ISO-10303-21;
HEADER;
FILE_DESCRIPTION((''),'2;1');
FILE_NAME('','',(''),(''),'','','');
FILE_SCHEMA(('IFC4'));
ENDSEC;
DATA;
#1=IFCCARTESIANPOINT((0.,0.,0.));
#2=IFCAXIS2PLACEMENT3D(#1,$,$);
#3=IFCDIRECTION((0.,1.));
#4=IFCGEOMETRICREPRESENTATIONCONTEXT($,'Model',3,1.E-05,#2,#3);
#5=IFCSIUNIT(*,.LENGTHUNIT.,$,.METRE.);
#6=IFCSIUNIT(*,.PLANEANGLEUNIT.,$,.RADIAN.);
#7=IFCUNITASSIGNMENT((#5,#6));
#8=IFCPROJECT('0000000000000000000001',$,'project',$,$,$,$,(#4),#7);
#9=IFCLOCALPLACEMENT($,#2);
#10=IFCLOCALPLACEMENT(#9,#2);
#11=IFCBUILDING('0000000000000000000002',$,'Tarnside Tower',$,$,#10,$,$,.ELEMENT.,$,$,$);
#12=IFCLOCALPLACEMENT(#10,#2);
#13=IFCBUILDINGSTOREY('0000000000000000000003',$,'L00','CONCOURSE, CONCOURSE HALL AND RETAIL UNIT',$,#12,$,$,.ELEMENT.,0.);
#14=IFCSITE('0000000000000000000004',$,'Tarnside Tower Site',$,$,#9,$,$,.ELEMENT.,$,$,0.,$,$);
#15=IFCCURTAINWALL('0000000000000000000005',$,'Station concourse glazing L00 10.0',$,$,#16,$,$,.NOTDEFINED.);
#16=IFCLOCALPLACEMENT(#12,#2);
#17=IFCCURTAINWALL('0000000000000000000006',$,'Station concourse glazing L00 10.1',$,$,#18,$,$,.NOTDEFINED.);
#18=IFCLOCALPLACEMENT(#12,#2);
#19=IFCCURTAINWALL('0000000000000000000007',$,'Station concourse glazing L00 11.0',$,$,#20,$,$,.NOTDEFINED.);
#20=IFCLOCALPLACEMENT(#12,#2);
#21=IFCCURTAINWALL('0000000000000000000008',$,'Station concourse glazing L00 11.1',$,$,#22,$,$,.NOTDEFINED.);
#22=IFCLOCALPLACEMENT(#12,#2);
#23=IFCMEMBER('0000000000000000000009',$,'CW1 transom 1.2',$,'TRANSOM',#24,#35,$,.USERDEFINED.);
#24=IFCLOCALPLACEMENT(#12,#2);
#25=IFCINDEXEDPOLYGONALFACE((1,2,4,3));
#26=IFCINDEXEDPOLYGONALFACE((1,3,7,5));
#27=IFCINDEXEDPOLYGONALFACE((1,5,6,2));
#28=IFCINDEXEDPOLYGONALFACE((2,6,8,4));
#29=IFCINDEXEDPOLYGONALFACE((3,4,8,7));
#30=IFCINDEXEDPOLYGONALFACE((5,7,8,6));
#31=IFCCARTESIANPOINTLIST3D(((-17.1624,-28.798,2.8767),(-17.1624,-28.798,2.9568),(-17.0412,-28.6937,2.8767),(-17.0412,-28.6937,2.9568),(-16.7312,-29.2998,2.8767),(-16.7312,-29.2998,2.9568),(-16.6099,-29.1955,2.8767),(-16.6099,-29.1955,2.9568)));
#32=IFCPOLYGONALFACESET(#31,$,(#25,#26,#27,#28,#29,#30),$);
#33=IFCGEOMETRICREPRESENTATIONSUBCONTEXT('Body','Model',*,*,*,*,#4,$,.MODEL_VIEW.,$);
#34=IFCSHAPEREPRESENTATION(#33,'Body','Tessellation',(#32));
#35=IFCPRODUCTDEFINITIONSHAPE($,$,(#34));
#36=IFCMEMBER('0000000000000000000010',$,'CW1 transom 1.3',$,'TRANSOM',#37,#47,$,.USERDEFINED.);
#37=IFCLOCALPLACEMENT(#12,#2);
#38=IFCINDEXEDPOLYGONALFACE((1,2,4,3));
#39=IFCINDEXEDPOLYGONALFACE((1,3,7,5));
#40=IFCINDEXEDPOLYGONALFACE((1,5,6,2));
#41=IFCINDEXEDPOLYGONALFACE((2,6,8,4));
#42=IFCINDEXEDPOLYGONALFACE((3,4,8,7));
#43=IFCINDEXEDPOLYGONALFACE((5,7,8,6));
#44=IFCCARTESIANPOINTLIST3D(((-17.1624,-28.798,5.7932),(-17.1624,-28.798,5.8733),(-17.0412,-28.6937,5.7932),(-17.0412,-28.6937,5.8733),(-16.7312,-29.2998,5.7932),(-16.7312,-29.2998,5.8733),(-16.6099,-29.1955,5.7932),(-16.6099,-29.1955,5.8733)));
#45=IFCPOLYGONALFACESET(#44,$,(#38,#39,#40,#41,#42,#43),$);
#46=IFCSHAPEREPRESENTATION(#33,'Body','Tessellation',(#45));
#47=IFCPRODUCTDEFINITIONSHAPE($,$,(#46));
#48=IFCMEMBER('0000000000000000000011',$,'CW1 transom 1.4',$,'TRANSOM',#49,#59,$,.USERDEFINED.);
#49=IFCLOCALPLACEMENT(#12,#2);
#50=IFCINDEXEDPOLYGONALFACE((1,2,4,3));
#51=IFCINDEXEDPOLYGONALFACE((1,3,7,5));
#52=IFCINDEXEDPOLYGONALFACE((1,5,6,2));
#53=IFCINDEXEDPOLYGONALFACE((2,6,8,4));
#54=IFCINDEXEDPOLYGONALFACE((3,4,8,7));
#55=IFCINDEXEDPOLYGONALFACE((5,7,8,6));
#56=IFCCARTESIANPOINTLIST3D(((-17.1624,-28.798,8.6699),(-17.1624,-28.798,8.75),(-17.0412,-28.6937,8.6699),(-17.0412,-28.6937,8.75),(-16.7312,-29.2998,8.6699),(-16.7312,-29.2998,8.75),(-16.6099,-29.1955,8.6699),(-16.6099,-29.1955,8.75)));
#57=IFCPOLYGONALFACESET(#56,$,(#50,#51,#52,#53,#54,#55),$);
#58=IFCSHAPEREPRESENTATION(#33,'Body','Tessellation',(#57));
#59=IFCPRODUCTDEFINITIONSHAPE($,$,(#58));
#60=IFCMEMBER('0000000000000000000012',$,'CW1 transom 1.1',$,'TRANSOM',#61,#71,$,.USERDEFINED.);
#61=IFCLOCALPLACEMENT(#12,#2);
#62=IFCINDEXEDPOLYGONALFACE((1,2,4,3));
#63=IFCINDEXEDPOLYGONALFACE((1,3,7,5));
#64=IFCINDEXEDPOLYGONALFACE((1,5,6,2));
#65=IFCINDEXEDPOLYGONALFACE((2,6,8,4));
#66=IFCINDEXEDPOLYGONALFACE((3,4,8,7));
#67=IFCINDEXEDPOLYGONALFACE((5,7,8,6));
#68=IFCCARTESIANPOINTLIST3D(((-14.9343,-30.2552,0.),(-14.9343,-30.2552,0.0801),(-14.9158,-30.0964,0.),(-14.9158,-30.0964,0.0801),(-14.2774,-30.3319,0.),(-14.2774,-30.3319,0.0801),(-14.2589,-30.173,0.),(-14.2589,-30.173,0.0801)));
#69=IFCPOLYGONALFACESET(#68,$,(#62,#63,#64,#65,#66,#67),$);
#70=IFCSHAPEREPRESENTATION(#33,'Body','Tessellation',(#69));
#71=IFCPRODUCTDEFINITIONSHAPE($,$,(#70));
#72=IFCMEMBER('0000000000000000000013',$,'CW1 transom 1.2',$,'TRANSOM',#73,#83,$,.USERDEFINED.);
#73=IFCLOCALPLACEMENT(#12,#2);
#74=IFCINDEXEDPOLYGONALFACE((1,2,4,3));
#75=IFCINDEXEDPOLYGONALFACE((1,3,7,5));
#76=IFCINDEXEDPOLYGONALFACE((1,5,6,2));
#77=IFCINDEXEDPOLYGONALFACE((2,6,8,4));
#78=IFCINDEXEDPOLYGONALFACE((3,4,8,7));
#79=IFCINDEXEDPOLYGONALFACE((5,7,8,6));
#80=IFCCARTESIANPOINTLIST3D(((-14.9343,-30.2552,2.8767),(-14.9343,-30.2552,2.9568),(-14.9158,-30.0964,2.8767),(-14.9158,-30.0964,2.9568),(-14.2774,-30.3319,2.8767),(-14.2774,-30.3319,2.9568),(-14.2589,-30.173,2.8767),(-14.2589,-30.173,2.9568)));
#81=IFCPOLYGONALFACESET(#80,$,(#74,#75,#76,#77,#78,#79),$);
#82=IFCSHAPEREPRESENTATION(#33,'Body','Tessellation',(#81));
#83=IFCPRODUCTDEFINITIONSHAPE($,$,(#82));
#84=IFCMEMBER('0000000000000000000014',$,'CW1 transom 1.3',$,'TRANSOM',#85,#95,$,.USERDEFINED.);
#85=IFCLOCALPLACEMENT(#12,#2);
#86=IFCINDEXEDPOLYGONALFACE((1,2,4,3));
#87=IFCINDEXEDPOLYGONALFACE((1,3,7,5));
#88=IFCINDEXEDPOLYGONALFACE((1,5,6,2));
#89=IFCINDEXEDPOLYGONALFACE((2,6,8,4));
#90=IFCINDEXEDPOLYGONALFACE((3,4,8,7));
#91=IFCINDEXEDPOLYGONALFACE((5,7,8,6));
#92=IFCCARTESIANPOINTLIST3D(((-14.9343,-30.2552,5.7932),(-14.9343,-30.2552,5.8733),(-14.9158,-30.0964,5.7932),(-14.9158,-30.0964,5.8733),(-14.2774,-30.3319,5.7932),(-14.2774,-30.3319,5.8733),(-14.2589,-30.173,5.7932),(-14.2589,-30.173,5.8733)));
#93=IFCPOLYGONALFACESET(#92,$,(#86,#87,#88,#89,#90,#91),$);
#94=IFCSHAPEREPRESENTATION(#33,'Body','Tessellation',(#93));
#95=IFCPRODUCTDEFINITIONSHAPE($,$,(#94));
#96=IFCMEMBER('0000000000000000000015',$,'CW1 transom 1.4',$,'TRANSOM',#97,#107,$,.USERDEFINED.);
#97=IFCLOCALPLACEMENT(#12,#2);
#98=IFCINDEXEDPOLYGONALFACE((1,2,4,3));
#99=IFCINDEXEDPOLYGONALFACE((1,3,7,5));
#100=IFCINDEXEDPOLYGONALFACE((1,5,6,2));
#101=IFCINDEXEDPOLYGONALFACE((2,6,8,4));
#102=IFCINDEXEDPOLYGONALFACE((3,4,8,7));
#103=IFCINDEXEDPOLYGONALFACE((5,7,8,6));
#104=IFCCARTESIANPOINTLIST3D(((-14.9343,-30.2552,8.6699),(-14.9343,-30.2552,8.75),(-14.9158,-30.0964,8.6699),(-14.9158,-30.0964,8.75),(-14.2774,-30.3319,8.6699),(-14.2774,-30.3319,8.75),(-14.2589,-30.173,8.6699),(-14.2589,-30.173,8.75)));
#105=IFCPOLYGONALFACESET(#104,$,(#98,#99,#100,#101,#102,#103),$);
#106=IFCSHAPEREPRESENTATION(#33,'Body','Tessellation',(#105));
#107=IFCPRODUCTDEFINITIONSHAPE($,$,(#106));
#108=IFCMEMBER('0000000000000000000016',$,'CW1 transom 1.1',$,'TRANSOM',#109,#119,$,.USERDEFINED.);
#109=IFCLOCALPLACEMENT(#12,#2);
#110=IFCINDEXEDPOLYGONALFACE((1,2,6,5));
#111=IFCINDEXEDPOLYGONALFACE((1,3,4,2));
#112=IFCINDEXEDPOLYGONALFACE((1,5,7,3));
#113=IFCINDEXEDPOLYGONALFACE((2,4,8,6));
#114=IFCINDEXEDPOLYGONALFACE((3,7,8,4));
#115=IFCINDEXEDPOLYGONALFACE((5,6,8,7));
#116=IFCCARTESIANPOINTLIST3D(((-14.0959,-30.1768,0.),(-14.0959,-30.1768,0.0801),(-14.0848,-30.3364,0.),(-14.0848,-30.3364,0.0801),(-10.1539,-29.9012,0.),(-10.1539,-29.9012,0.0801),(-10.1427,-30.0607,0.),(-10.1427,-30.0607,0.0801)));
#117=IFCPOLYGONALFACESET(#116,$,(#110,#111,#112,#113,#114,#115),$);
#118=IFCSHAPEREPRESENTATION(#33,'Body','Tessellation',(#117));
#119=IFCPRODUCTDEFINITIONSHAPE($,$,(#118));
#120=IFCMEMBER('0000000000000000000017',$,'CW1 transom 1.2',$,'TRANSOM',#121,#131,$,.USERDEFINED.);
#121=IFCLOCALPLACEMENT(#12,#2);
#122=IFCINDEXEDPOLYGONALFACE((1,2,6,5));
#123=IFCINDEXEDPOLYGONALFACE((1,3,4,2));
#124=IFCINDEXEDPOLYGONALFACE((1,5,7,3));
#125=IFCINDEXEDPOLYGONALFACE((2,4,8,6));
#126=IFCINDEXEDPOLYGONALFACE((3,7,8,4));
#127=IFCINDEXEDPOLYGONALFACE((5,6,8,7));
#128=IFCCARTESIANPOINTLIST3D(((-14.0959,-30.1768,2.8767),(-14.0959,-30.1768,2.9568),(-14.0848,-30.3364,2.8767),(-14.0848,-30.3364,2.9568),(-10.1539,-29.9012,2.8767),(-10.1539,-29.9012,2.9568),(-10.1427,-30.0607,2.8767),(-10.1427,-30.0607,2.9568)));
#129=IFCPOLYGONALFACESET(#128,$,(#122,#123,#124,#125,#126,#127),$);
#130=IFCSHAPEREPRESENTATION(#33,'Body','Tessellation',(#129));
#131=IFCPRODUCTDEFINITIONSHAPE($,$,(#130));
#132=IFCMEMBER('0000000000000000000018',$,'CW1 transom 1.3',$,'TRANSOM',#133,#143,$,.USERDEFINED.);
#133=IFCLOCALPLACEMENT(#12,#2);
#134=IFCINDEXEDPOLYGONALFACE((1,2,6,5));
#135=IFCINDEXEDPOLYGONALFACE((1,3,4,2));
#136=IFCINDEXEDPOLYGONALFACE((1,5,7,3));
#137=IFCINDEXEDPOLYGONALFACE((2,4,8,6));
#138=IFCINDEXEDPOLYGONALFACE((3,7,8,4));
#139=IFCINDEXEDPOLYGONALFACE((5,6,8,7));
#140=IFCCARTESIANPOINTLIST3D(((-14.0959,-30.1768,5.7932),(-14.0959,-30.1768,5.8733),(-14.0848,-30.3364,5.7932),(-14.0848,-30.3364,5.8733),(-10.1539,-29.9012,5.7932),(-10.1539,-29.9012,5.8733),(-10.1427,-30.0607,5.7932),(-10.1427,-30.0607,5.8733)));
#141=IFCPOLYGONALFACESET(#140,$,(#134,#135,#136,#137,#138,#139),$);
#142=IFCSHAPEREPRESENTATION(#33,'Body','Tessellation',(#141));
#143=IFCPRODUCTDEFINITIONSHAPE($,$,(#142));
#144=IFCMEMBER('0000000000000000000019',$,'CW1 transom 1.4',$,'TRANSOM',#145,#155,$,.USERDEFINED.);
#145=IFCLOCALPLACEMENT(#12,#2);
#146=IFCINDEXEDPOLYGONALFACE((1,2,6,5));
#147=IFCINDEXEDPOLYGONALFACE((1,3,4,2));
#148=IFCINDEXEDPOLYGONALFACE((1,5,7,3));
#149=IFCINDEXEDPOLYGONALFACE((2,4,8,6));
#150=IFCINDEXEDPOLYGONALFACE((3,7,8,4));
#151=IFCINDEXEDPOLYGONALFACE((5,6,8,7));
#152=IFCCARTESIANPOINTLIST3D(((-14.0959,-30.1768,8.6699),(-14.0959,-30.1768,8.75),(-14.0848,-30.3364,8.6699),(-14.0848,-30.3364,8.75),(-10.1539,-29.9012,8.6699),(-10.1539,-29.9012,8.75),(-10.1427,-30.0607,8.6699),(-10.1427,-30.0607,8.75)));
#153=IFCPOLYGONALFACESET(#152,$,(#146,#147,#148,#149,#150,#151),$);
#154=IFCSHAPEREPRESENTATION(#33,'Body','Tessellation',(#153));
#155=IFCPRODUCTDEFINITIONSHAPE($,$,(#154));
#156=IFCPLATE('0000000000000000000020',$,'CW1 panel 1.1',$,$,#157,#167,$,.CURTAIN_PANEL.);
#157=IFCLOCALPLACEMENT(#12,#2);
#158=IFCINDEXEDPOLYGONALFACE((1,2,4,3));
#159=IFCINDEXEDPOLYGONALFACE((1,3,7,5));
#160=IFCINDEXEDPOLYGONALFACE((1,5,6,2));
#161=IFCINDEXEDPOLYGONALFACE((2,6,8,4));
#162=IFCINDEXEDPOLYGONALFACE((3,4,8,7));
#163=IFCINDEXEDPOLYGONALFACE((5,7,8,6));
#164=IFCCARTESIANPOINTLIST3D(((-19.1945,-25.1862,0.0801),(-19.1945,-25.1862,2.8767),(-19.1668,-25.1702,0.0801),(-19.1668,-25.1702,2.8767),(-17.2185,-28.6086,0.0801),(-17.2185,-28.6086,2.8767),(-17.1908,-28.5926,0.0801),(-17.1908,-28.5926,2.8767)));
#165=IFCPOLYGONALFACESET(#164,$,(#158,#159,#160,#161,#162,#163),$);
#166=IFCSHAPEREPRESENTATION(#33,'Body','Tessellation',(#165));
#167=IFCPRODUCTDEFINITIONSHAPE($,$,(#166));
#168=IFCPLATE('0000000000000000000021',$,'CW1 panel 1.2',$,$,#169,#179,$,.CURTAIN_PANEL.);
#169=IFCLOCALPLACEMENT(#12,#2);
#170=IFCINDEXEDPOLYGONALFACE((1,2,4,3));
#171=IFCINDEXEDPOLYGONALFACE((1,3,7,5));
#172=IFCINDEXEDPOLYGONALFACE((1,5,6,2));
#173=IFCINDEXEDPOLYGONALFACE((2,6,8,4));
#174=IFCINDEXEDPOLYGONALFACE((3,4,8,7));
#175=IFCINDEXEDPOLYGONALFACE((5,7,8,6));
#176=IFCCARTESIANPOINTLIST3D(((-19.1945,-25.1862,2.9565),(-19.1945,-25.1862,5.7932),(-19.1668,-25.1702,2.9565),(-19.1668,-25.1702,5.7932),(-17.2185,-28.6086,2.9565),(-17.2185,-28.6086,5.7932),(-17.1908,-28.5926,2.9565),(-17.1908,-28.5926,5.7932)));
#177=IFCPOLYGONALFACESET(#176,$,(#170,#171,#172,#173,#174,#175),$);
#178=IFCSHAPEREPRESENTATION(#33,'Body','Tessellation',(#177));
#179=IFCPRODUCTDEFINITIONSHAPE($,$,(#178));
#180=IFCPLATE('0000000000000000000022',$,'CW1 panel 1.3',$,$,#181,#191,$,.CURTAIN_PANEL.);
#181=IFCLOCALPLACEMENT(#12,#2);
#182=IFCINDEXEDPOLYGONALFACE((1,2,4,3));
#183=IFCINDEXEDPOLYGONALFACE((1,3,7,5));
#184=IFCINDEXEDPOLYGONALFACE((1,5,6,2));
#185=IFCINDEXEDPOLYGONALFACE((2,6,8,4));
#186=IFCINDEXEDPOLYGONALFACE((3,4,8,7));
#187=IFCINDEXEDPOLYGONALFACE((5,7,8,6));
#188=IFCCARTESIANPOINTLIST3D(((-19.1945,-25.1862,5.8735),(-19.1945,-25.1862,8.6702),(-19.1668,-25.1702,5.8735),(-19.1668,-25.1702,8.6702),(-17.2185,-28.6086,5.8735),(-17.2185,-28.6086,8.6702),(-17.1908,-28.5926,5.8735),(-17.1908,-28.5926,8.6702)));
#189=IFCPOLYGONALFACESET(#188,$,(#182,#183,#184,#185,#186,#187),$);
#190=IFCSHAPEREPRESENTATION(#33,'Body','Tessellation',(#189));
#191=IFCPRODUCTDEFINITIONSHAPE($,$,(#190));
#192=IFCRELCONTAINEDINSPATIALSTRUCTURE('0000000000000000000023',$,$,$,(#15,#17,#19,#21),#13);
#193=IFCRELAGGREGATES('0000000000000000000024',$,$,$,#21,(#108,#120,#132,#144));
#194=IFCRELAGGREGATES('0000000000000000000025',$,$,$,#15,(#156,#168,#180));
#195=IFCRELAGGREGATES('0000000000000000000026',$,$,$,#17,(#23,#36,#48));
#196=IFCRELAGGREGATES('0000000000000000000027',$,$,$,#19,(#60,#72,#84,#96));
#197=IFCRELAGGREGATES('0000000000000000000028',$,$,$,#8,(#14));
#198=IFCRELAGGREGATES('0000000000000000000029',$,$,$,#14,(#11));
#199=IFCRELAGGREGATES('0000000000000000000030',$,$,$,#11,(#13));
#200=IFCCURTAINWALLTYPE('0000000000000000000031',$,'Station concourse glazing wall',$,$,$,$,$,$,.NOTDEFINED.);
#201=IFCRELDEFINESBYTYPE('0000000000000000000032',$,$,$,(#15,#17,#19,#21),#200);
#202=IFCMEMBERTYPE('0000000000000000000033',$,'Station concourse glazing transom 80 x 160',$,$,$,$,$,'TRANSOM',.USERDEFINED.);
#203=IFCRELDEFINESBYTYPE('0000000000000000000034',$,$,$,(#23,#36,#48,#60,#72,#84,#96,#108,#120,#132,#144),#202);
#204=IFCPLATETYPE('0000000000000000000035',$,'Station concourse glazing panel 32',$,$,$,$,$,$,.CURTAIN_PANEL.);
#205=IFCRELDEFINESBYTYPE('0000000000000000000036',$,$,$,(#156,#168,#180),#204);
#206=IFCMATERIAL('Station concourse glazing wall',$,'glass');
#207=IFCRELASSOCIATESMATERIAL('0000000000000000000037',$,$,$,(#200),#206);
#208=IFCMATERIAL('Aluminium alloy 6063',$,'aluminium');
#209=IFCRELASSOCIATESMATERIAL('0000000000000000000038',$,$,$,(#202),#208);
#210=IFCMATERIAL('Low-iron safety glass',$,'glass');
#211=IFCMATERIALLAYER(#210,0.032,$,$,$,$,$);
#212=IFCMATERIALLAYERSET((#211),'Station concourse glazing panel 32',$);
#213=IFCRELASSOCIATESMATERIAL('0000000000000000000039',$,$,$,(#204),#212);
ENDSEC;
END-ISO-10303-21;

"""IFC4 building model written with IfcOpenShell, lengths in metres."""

from ifc_helpers import new_model, si_unit, direction, frame, origin, origin_2d, place, context, subcontext, project, spatial, rectangle, extrude, material, layer, layer_set, material_profile, profile_set, type_object, element, aggregate, save


model = new_model("IFC4")

# Units and contexts
model_context = context("Model", 3, precision=1e-05, world=origin(), true_north=direction((0.0, 1.0)))
body_context = subcontext(model_context, "Body", "Model", "MODEL_VIEW")
ifc_project = project(units=[si_unit("LENGTHUNIT", "METRE"), si_unit("PLANEANGLEUNIT", "RADIAN")], contexts=[model_context])

# Site, building, storey
site_placement = place(None, origin())
site = spatial("IfcSite", under=ifc_project, at=site_placement, Name="Tarnside Tower Site", CompositionType="ELEMENT", RefElevation=0.0)
building_placement = place(site_placement, origin())
building = spatial("IfcBuilding", under=site, at=building_placement, Name="Tarnside Tower", CompositionType="ELEMENT")
storey_placement = place(building_placement, origin())
storey = spatial("IfcBuildingStorey", under=building, at=storey_placement, Name="L00", Description="CONCOURSE, CONCOURSE HALL AND RETAIL UNIT", CompositionType="ELEMENT", Elevation=0.0)

# Curtain wall
ifc_material_1 = material(Name="Station concourse glazing wall", Category="glass")
curtain_wall_type = type_object("IfcCurtainWallType", Name="Station concourse glazing wall", PredefinedType="NOTDEFINED", material=ifc_material_1)
curtain_wall_1_placement = place(storey_placement, origin())
curtain_wall_1 = element("IfcCurtainWall", 1, at=curtain_wall_1_placement, inside=storey, type_object=curtain_wall_type, Name="Station concourse glazing L00 10.0", PredefinedType="NOTDEFINED")
ifc_material_2 = material(Name="Aluminium alloy 6063", Category="aluminium")

# Curtain walls
curtain_wall_2_placement = place(storey_placement, origin())
curtain_wall_2 = element("IfcCurtainWall", 2, at=curtain_wall_2_placement, inside=storey, type_object=curtain_wall_type, Name="Station concourse glazing L00 10.1", PredefinedType="NOTDEFINED")
curtain_wall_3_placement = place(storey_placement, origin())
curtain_wall_3 = element("IfcCurtainWall", 3, at=curtain_wall_3_placement, inside=storey, type_object=curtain_wall_type, Name="Station concourse glazing L00 11.0", PredefinedType="NOTDEFINED")

# Curtain wall
curtain_wall_4_placement = place(storey_placement, origin())
curtain_wall_4 = element("IfcCurtainWall", 4, at=curtain_wall_4_placement, inside=storey, type_object=curtain_wall_type, Name="Station concourse glazing L00 11.1", PredefinedType="NOTDEFINED")

# Members
ifc_material_profile_1 = material_profile(ifc_material_2, rectangle(XDim=0.1599, YDim=0.0801, at=origin_2d()), Name="Station concourse glazing transom 80 x 160")
ifc_profile_set_1 = profile_set([ifc_material_profile_1], Name="Aluminium alloy 6063")
member_type_1 = type_object("IfcMemberType", Name="Station concourse glazing transom 80 x 160", ElementType="TRANSOM", PredefinedType="USERDEFINED", material=ifc_profile_set_1)
member_1_placement = place(storey_placement, frame((-17.1018, -28.7458, 2.9167), z_axis=(0.651763, -0.758422, 0.0), x_axis=(0.758422, 0.651763, 0.0)))
member_1 = element("IfcMember", 5, at=member_1_placement, type_object=member_type_1, Name="CW1 transom 1.2", ObjectType="TRANSOM", PredefinedType="USERDEFINED", context=body_context, shape_type="SweptSolid", body=[
    extrude(rectangle(XDim=0.1599, YDim=0.0801, at=origin_2d()), origin(), (0.0, 0.0, 1.0), 0.6616),
])
member_2_placement = place(storey_placement, frame((-17.1018, -28.7458, 5.8333), z_axis=(0.651763, -0.758422, 0.0), x_axis=(0.758422, 0.651763, 0.0)))
member_2 = element("IfcMember", 6, at=member_2_placement, type_object=member_type_1, Name="CW1 transom 1.3", ObjectType="TRANSOM", PredefinedType="USERDEFINED", context=body_context, shape_type="SweptSolid", body=[
    extrude(rectangle(XDim=0.1599, YDim=0.0801, at=origin_2d()), origin(), (0.0, 0.0, 1.0), 0.6616),
])
member_3_placement = place(storey_placement, frame((-17.1018, -28.7458, 8.71), z_axis=(0.651763, -0.758422, 0.0), x_axis=(0.758422, 0.651763, 0.0)))
member_3 = element("IfcMember", 7, at=member_3_placement, type_object=member_type_1, Name="CW1 transom 1.4", ObjectType="TRANSOM", PredefinedType="USERDEFINED", context=body_context, shape_type="SweptSolid", body=[
    extrude(rectangle(XDim=0.1599, YDim=0.0801, at=origin_2d()), origin(), (0.0, 0.0, 1.0), 0.6616),
])
member_4_placement = place(storey_placement, frame((-14.925, -30.1758, 0.04), z_axis=(0.993261, -0.115899, 0.0), x_axis=(0.115899, 0.993261, 0.0)))
member_4 = element("IfcMember", 8, at=member_4_placement, type_object=member_type_1, Name="CW1 transom 1.1", ObjectType="TRANSOM", PredefinedType="USERDEFINED", context=body_context, shape_type="SweptSolid", body=[
    extrude(rectangle(XDim=0.1599, YDim=0.0801, at=origin_2d()), origin(), (0.0, 0.0, 1.0), 0.6614),
])
member_5_placement = place(storey_placement, frame((-14.925, -30.1758, 2.9167), z_axis=(0.993261, -0.115899, 0.0), x_axis=(0.115899, 0.993261, 0.0)))
member_5 = element("IfcMember", 9, at=member_5_placement, type_object=member_type_1, Name="CW1 transom 1.2", ObjectType="TRANSOM", PredefinedType="USERDEFINED", context=body_context, shape_type="SweptSolid", body=[
    extrude(rectangle(XDim=0.1599, YDim=0.0801, at=origin_2d()), origin(), (0.0, 0.0, 1.0), 0.6614),
])
member_6_placement = place(storey_placement, frame((-14.925, -30.1758, 5.8333), z_axis=(0.993261, -0.115899, 0.0), x_axis=(0.115899, 0.993261, 0.0)))
member_6 = element("IfcMember", 10, at=member_6_placement, type_object=member_type_1, Name="CW1 transom 1.3", ObjectType="TRANSOM", PredefinedType="USERDEFINED", context=body_context, shape_type="SweptSolid", body=[
    extrude(rectangle(XDim=0.1599, YDim=0.0801, at=origin_2d()), origin(), (0.0, 0.0, 1.0), 0.6614),
])
member_7_placement = place(storey_placement, frame((-14.925, -30.1758, 8.71), z_axis=(0.993261, -0.115899, 0.0), x_axis=(0.115899, 0.993261, 0.0)))
member_7 = element("IfcMember", 11, at=member_7_placement, type_object=member_type_1, Name="CW1 transom 1.4", ObjectType="TRANSOM", PredefinedType="USERDEFINED", context=body_context, shape_type="SweptSolid", body=[
    extrude(rectangle(XDim=0.1599, YDim=0.0801, at=origin_2d()), origin(), (0.0, 0.0, 1.0), 0.6614),
])
member_8_placement = place(storey_placement, frame((-14.0903, -30.2566, 0.04), z_axis=(0.997565, 0.06975, 0.0), x_axis=(-0.06975, 0.997565, 0.0)))
member_8 = element("IfcMember", 12, at=member_8_placement, type_object=member_type_1, Name="CW1 transom 1.1", ObjectType="TRANSOM", PredefinedType="USERDEFINED", context=body_context, shape_type="SweptSolid", body=[
    extrude(rectangle(XDim=0.1599, YDim=0.0801, at=origin_2d()), origin(), (0.0, 0.0, 1.0), 3.9517),
])
member_9_placement = place(storey_placement, frame((-14.0903, -30.2566, 2.9167), z_axis=(0.997565, 0.06975, 0.0), x_axis=(-0.06975, 0.997565, 0.0)))
member_9 = element("IfcMember", 13, at=member_9_placement, type_object=member_type_1, Name="CW1 transom 1.2", ObjectType="TRANSOM", PredefinedType="USERDEFINED", context=body_context, shape_type="SweptSolid", body=[
    extrude(rectangle(XDim=0.1599, YDim=0.0801, at=origin_2d()), origin(), (0.0, 0.0, 1.0), 3.9517),
])
member_10_placement = place(storey_placement, frame((-14.0903, -30.2566, 5.8333), z_axis=(0.997565, 0.06975, 0.0), x_axis=(-0.06975, 0.997565, 0.0)))
member_10 = element("IfcMember", 14, at=member_10_placement, type_object=member_type_1, Name="CW1 transom 1.3", ObjectType="TRANSOM", PredefinedType="USERDEFINED", context=body_context, shape_type="SweptSolid", body=[
    extrude(rectangle(XDim=0.1599, YDim=0.0801, at=origin_2d()), origin(), (0.0, 0.0, 1.0), 3.9517),
])
member_11_placement = place(storey_placement, frame((-14.0903, -30.2566, 8.71), z_axis=(0.997565, 0.06975, 0.0), x_axis=(-0.06975, 0.997565, 0.0)))
member_11 = element("IfcMember", 15, at=member_11_placement, type_object=member_type_1, Name="CW1 transom 1.4", ObjectType="TRANSOM", PredefinedType="USERDEFINED", context=body_context, shape_type="SweptSolid", body=[
    extrude(rectangle(XDim=0.1599, YDim=0.0801, at=origin_2d()), origin(), (0.0, 0.0, 1.0), 3.9517),
])
aggregate(curtain_wall_4, [member_8, member_9, member_10, member_11])

# Plates
ifc_material_3 = material(Name="Low-iron safety glass", Category="glass")
ifc_layer_1 = layer(ifc_material_3, 0.032)
ifc_layer_set_1 = layer_set([ifc_layer_1], Name="Station concourse glazing panel 32")
plate_type = type_object("IfcPlateType", Name="Station concourse glazing panel 32", PredefinedType="CURTAIN_PANEL", material=ifc_layer_set_1)
plate_1_placement = place(storey_placement, frame((-18.1926, -26.8894, 0.0801), z_axis=(0.0, 0.0, 1.0), x_axis=(0.5, -0.866025, 0.0)))
plate_1 = element("IfcPlate", 16, at=plate_1_placement, type_object=plate_type, Name="CW1 panel 1.1", PredefinedType="CURTAIN_PANEL", context=body_context, shape_type="SweptSolid", body=[
    extrude(rectangle(XDim=3.9519, YDim=0.032, at=origin_2d()), origin(), (0.0, 0.0, 1.0), 2.7966),
])
plate_2_placement = place(storey_placement, frame((-18.1926, -26.8894, 2.9565), z_axis=(0.0, 0.0, 1.0), x_axis=(0.5, -0.866025, 0.0)))
plate_2 = element("IfcPlate", 17, at=plate_2_placement, type_object=plate_type, Name="CW1 panel 1.2", PredefinedType="CURTAIN_PANEL", context=body_context, shape_type="SweptSolid", body=[
    extrude(rectangle(XDim=3.9519, YDim=0.032, at=origin_2d()), origin(), (0.0, 0.0, 1.0), 2.8367),
])
plate_3_placement = place(storey_placement, frame((-18.1926, -26.8894, 5.8735), z_axis=(0.0, 0.0, 1.0), x_axis=(0.5, -0.866025, 0.0)))
plate_3 = element("IfcPlate", 18, at=plate_3_placement, type_object=plate_type, Name="CW1 panel 1.3", PredefinedType="CURTAIN_PANEL", context=body_context, shape_type="SweptSolid", body=[
    extrude(rectangle(XDim=3.9519, YDim=0.032, at=origin_2d()), origin(), (0.0, 0.0, 1.0), 2.7966),
])
aggregate(curtain_wall_1, [plate_1, plate_2, plate_3])
aggregate(curtain_wall_2, [member_1, member_2, member_3])
aggregate(curtain_wall_3, [member_4, member_5, member_6, member_7])

save(model, "model.ifc")
